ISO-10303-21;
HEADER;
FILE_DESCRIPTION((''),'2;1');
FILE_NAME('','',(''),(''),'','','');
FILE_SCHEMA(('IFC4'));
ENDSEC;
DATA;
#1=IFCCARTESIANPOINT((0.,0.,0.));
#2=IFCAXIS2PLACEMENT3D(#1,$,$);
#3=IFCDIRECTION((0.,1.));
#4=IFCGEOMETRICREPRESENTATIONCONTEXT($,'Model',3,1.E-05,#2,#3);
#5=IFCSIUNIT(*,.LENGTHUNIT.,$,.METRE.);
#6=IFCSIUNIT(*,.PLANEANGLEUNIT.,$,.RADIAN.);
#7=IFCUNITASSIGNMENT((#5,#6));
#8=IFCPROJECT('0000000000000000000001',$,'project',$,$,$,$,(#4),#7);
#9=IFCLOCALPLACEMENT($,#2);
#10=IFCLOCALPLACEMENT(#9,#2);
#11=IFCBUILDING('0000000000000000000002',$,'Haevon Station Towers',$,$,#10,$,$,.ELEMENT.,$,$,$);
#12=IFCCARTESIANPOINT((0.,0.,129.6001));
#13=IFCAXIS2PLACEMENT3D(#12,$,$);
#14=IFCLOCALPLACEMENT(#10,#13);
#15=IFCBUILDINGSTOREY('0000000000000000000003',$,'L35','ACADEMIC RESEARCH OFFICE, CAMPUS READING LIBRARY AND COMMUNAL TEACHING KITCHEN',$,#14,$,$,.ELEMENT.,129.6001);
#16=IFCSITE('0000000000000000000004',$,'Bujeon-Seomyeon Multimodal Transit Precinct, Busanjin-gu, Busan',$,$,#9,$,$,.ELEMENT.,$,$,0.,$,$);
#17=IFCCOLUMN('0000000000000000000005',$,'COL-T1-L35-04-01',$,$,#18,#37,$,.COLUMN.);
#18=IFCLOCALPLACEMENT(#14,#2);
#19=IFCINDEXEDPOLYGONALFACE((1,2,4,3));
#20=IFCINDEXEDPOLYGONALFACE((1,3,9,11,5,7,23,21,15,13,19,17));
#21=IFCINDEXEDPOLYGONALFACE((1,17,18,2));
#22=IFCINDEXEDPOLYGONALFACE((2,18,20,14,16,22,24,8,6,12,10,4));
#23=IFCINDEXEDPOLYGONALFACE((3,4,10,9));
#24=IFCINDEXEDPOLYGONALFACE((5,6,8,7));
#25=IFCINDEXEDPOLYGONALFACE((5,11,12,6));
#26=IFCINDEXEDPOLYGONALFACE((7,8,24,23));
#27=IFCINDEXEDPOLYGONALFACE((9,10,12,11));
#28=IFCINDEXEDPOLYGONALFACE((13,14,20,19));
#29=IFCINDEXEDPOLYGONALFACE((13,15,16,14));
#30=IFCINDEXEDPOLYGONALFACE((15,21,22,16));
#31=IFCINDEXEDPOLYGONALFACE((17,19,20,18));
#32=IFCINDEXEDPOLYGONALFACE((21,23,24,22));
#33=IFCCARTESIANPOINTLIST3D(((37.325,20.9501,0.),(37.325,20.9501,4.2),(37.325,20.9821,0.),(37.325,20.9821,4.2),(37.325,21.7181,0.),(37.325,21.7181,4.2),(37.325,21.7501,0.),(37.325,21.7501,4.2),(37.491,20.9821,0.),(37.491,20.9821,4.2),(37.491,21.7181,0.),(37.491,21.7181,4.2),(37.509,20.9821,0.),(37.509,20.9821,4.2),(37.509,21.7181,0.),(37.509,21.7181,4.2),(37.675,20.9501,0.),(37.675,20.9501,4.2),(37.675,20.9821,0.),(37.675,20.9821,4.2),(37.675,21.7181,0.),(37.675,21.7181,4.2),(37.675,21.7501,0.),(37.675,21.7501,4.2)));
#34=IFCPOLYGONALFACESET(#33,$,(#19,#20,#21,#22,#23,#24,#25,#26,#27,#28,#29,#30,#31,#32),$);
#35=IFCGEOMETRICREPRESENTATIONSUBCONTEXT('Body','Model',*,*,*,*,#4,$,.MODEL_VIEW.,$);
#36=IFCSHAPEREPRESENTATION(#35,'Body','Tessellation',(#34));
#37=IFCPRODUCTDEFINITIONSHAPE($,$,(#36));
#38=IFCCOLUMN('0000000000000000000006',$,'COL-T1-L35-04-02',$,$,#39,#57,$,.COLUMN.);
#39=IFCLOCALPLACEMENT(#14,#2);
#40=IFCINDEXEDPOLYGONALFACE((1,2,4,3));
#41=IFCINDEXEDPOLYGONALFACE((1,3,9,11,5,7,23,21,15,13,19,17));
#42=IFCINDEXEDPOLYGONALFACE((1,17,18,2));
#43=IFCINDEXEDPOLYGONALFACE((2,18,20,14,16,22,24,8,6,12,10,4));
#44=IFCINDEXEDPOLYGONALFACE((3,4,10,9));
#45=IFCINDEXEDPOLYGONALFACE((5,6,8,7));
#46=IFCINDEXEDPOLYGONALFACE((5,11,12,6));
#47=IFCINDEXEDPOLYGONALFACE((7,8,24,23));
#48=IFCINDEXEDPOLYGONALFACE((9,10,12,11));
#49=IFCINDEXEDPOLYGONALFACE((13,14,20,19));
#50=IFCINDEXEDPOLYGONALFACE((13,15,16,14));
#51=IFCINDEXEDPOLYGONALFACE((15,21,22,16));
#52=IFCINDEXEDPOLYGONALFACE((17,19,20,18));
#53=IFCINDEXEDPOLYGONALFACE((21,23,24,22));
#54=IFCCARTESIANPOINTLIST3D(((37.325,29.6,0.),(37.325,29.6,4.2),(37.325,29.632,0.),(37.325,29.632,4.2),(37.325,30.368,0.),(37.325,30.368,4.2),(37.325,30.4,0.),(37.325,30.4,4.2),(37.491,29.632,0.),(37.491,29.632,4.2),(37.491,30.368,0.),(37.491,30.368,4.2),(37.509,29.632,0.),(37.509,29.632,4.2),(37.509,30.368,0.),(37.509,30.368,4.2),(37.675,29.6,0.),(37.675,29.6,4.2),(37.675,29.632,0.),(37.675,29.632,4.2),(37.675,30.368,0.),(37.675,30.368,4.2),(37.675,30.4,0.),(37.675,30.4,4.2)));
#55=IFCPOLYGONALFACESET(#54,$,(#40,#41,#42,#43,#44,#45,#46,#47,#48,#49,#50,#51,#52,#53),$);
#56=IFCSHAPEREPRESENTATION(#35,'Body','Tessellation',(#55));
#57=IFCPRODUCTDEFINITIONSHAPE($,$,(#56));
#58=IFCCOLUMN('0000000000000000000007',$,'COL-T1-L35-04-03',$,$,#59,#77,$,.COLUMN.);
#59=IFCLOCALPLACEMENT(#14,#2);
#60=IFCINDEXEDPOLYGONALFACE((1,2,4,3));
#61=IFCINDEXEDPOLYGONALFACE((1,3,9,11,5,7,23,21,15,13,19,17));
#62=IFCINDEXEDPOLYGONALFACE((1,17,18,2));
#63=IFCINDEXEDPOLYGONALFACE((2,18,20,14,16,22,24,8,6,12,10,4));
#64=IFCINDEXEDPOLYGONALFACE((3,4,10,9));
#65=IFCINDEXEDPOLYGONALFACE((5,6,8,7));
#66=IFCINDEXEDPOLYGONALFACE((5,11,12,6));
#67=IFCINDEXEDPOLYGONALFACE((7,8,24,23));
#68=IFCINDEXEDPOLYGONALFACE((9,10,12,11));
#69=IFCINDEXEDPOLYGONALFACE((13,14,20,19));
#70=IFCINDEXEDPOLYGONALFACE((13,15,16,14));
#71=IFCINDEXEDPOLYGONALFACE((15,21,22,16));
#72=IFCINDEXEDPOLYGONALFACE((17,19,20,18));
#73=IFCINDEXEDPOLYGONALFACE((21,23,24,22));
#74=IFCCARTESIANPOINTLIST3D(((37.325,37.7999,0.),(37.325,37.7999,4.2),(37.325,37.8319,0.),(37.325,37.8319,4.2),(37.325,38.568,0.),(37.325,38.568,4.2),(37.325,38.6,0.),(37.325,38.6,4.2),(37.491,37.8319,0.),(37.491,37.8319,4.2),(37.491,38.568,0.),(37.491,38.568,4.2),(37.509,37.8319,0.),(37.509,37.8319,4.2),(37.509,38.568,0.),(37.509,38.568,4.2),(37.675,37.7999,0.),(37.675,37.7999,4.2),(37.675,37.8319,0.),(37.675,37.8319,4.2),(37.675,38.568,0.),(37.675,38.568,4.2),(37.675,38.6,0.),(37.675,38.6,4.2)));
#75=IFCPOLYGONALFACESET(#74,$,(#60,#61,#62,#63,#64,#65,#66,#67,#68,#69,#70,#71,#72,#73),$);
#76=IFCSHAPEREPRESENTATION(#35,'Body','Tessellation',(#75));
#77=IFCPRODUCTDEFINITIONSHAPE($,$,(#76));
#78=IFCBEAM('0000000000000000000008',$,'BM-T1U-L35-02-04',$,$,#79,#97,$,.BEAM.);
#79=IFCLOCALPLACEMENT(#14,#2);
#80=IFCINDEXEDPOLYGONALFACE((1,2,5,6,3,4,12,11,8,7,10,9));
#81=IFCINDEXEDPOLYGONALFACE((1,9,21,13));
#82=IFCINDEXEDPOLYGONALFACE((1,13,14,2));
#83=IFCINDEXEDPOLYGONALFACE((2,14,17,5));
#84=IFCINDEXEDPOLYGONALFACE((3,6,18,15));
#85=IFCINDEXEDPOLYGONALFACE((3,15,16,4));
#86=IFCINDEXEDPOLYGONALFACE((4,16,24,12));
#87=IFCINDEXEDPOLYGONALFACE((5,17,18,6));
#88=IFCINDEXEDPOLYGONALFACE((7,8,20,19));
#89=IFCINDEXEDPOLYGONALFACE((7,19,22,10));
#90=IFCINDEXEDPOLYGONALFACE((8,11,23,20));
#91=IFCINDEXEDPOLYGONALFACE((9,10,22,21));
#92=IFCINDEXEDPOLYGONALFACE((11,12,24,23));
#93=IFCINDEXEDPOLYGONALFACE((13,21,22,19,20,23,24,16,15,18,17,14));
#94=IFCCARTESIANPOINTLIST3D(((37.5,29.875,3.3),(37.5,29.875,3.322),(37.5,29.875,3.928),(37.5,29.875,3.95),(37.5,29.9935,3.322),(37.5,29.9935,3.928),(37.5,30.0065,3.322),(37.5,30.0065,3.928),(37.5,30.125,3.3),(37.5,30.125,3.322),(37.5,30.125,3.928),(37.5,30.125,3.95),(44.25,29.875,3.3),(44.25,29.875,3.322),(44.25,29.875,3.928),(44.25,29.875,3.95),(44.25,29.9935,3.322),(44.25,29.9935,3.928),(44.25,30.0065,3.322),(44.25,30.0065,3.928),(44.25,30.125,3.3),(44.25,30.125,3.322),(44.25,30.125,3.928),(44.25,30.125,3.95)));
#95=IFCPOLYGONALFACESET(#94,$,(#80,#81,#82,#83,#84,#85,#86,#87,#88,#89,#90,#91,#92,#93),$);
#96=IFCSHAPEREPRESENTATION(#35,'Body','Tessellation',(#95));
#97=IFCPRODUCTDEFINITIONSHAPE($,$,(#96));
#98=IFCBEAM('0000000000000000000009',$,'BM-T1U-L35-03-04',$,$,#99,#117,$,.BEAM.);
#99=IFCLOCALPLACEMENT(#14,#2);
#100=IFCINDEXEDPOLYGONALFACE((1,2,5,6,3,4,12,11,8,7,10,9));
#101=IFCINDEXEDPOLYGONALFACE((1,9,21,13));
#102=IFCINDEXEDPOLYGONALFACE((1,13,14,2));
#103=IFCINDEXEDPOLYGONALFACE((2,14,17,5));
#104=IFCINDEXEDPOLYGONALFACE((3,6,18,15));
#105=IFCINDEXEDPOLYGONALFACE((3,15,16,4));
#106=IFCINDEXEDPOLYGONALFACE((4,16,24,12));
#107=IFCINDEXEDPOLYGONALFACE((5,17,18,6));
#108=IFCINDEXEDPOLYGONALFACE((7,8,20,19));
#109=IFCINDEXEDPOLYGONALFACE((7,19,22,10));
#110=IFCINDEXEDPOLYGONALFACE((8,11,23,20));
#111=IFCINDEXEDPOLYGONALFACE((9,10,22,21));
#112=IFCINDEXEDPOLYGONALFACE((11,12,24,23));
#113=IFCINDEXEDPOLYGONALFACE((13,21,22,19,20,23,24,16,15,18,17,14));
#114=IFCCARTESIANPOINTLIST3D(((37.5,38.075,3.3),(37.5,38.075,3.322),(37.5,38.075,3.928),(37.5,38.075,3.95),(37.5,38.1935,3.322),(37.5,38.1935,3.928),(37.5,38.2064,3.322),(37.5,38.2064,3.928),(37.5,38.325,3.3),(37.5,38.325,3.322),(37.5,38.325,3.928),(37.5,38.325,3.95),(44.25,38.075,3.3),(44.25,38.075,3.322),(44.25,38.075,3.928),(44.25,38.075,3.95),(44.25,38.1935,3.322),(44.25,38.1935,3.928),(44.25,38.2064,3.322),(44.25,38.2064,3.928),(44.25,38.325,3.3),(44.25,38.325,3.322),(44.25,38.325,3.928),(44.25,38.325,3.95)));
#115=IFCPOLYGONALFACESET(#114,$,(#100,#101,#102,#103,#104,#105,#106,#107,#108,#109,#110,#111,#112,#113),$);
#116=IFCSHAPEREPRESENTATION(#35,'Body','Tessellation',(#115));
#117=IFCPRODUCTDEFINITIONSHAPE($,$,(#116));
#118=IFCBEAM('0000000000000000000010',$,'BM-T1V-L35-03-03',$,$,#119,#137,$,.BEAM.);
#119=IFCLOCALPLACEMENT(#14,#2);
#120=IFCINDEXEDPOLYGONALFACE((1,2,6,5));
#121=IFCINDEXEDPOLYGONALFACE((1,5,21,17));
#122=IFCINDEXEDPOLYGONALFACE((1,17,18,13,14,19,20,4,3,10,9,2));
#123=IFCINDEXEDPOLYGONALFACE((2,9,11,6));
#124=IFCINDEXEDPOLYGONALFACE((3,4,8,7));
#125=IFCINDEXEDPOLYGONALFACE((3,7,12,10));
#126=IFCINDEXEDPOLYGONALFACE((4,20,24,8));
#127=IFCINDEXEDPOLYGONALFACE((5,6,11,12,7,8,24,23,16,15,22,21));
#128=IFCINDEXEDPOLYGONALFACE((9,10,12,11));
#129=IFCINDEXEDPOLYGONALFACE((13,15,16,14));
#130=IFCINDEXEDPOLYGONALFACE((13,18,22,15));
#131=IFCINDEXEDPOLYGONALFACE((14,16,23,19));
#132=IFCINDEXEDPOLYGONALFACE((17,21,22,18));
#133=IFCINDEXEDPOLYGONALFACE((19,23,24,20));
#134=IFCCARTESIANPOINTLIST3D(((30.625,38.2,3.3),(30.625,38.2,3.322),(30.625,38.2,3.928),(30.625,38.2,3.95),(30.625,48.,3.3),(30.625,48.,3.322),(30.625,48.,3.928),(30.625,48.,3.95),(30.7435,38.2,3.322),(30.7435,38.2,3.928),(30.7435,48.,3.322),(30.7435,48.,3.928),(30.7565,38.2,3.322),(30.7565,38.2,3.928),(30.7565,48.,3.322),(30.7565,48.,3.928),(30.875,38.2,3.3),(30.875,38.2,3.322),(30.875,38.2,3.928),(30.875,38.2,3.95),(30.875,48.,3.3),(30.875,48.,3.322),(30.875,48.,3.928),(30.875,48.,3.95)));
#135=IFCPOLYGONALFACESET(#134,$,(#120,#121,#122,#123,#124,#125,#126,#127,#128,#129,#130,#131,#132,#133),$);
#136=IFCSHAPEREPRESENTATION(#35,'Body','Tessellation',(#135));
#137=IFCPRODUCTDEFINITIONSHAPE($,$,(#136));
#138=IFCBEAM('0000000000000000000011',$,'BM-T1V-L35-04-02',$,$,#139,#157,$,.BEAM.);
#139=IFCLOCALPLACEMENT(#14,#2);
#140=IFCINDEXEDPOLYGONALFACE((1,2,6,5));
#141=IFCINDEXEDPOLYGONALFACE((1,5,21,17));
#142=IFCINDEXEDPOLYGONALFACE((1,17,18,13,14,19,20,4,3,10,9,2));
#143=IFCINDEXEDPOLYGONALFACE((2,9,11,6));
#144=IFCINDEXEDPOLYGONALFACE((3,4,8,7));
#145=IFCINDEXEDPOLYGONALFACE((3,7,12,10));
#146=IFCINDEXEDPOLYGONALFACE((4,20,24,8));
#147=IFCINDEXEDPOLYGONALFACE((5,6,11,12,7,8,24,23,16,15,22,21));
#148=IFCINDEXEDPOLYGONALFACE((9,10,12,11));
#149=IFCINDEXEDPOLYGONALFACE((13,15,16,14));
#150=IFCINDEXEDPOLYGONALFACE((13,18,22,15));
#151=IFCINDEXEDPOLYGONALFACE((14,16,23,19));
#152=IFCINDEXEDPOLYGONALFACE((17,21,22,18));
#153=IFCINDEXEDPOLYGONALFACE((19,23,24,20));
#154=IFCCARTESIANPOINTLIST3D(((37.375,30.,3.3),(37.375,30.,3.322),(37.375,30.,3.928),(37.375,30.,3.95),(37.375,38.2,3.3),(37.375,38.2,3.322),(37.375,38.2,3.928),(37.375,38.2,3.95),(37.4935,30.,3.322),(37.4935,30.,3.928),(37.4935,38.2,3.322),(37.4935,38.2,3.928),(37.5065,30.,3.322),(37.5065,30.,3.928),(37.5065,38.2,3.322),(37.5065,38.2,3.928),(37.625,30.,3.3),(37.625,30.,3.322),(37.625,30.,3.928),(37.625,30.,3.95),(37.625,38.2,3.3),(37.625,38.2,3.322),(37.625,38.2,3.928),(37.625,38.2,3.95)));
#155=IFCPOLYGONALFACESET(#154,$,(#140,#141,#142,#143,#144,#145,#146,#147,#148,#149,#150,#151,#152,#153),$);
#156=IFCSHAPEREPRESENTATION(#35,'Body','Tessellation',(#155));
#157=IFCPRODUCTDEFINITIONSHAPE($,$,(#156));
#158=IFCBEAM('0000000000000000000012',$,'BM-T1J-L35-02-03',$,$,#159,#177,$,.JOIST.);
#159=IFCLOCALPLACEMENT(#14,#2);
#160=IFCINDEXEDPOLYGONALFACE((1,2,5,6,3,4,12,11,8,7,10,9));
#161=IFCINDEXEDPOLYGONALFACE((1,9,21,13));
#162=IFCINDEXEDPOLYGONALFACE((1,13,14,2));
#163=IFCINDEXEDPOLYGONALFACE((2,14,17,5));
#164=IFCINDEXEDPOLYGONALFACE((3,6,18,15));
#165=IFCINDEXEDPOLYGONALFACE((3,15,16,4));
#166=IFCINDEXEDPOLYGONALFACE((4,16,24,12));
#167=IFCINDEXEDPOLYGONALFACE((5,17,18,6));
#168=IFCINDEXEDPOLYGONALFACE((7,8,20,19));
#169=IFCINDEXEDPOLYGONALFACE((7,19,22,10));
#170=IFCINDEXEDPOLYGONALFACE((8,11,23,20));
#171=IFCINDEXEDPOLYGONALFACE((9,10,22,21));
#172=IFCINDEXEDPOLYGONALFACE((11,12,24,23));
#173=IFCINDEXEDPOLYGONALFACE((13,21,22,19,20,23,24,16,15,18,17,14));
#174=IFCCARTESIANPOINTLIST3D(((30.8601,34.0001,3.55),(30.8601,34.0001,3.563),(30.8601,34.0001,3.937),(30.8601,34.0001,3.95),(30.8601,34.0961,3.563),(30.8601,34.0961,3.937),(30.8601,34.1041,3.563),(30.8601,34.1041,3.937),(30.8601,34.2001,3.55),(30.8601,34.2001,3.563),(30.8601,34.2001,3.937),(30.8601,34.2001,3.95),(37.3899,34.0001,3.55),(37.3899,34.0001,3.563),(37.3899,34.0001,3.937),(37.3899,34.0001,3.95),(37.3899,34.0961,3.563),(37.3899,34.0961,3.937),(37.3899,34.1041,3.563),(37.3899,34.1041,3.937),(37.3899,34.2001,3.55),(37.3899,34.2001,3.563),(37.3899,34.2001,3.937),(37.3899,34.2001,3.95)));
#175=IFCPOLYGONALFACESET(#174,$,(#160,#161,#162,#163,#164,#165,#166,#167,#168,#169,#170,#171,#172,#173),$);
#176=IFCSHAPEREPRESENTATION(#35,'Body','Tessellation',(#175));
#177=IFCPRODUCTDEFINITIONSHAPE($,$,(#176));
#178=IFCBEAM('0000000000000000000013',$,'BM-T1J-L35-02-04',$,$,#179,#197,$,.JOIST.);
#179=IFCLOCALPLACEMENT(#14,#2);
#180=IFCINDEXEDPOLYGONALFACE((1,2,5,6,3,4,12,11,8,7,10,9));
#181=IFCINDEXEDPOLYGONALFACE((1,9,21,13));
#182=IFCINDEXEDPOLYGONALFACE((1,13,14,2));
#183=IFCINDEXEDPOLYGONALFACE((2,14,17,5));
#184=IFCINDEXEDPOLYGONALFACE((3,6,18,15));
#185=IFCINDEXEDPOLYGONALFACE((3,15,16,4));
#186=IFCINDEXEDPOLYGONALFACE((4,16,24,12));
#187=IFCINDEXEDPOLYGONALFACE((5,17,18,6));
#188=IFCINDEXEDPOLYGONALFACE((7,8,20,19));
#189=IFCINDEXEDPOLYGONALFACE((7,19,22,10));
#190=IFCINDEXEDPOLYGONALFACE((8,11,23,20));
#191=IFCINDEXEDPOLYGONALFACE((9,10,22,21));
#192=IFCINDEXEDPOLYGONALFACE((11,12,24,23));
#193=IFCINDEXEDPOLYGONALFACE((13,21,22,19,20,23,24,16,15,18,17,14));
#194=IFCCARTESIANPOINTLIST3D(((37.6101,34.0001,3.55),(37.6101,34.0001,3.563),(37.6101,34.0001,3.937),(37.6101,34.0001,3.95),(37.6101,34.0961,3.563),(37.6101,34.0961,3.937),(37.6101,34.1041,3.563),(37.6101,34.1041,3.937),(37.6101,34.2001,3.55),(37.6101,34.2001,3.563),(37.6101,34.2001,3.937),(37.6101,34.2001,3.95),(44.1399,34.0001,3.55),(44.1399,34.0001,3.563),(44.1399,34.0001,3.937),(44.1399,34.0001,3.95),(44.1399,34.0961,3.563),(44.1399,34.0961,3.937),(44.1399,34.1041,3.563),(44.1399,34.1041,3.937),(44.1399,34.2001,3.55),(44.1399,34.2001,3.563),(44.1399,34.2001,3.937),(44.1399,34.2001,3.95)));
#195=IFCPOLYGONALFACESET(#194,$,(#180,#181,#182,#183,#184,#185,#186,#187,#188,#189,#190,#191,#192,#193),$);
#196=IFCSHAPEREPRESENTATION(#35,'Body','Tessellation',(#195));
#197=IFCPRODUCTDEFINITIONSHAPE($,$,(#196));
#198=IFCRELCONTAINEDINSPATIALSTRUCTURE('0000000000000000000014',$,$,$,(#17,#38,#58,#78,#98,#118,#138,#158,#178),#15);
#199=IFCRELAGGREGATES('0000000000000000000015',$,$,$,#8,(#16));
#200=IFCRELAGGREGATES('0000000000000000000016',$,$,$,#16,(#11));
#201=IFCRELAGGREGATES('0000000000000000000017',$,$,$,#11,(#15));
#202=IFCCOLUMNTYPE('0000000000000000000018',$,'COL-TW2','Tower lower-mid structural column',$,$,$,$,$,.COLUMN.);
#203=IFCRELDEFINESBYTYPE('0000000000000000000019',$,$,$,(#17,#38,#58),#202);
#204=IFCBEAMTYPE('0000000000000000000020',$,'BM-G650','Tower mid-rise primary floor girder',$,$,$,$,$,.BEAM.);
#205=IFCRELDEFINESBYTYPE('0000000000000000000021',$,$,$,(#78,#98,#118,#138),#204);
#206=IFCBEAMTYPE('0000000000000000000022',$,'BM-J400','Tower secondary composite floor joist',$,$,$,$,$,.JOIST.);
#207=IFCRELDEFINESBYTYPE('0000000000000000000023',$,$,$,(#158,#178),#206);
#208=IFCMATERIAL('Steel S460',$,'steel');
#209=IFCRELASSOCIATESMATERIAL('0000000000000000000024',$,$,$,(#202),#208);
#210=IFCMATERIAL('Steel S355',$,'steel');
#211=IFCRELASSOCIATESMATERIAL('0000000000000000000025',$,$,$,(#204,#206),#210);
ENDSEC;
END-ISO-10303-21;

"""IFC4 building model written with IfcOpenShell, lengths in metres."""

from ifc_helpers import new_model, si_unit, direction, frame, origin, origin_2d, place, context, subcontext, project, spatial, i_section, extrude, material, material_profile, profile_set, type_object, element, save


model = new_model("IFC4")

# Units and contexts
model_context = context("Model", 3, precision=1e-05, world=origin(), true_north=direction((0.0, 1.0)))
body_context = subcontext(model_context, "Body", "Model", "MODEL_VIEW")
ifc_project = project(units=[si_unit("LENGTHUNIT", "METRE"), si_unit("PLANEANGLEUNIT", "RADIAN")], contexts=[model_context])

# Site, building, storey
site_placement = place(None, origin())
site = spatial("IfcSite", under=ifc_project, at=site_placement, Name="Bujeon-Seomyeon Multimodal Transit Precinct, Busanjin-gu, Busan", CompositionType="ELEMENT", RefElevation=0.0)
building_placement = place(site_placement, origin())
building = spatial("IfcBuilding", under=site, at=building_placement, Name="Haevon Station Towers", CompositionType="ELEMENT")
storey_placement = place(building_placement, frame((0.0, 0.0, 129.6001)))
storey = spatial("IfcBuildingStorey", under=building, at=storey_placement, Name="L35", Description="ACADEMIC RESEARCH OFFICE, CAMPUS READING LIBRARY AND COMMUNAL TEACHING KITCHEN", CompositionType="ELEMENT", Elevation=129.6001)

# Columns
ifc_material_1 = material(Name="Steel S460", Category="steel")
ifc_material_profile_1 = material_profile(ifc_material_1, i_section(OverallWidth=0.3501, OverallDepth=0.8, WebThickness=0.0181, FlangeThickness=0.032, at=origin_2d()), Name="H-800x350x18x32")
ifc_profile_set_1 = profile_set([ifc_material_profile_1], Name="Steel S460")
column_type = type_object("IfcColumnType", Name="COL-TW2", Description="Tower lower-mid structural column", PredefinedType="COLUMN", material=ifc_profile_set_1)
for number, where, z_axis, x_axis, name in (
    (1, (37.5, 21.3501, 0.0), (0.0, 0.0, 1.0), (1.0, 0.0, 0.0), "COL-T1-L35-04-01"),
    (2, (37.5, 30.0, 0.0), (0.0, 0.0, 1.0), (1.0, 0.0, 0.0), "COL-T1-L35-04-02"),
    (3, (37.5, 38.2, 0.0), (0.0, 0.0, 1.0), (1.0, 0.0, 0.0), "COL-T1-L35-04-03"),
):
    element("IfcColumn", number, at=place(storey_placement, frame(where, z_axis=z_axis, x_axis=x_axis)), inside=storey, type_object=column_type, Name=name, PredefinedType="COLUMN", context=body_context, shape_type="SweptSolid", body=[
        extrude(i_section(OverallWidth=0.3501, OverallDepth=0.8, WebThickness=0.0181, FlangeThickness=0.032, at=origin_2d()), origin(), (0.0, 0.0, 1.0), 4.2),
    ])

# Beams
ifc_material_2 = material(Name="Steel S355", Category="steel")
ifc_material_profile_2 = material_profile(ifc_material_2, i_section(OverallWidth=0.25, OverallDepth=0.6499, WebThickness=0.0129, FlangeThickness=0.022, at=origin_2d()), Name="H-650x250x13x22")
ifc_profile_set_2 = profile_set([ifc_material_profile_2], Name="Steel S355")
beam_type_1 = type_object("IfcBeamType", Name="BM-G650", Description="Tower mid-rise primary floor girder", PredefinedType="BEAM", material=ifc_profile_set_2)
for number, where, z_axis, x_axis, name in (
    (4, (37.5, 30.0, 3.625), (1.0, 0.0, 0.0), (0.0, 1.0, 0.0), "BM-T1U-L35-02-04"),
    (5, (37.5, 38.2, 3.625), (1.0, 0.0, 0.0), (0.0, 1.0, 0.0), "BM-T1U-L35-03-04"),
):
    element("IfcBeam", number, at=place(storey_placement, frame(where, z_axis=z_axis, x_axis=x_axis)), inside=storey, type_object=beam_type_1, Name=name, PredefinedType="BEAM", context=body_context, shape_type="SweptSolid", body=[
        extrude(i_section(OverallWidth=0.25, OverallDepth=0.6499, WebThickness=0.0129, FlangeThickness=0.022, at=origin_2d()), origin(), (0.0, 0.0, 1.0), 6.75),
    ])
beam_1_placement = place(storey_placement, frame((30.75, 38.2, 3.625), z_axis=(0.0, 1.0, 0.0), x_axis=(-1.0, 0.0, 0.0)))
element("IfcBeam", 6, at=beam_1_placement, inside=storey, type_object=beam_type_1, Name="BM-T1V-L35-03-03", PredefinedType="BEAM", context=body_context, shape_type="SweptSolid", body=[
    extrude(i_section(OverallWidth=0.25, OverallDepth=0.6499, WebThickness=0.0129, FlangeThickness=0.022, at=origin_2d()), origin(), (0.0, 0.0, 1.0), 9.8),
])
beam_2_placement = place(storey_placement, frame((37.5, 30.0, 3.625), z_axis=(0.0, 1.0, 0.0), x_axis=(-1.0, 0.0, 0.0)))
element("IfcBeam", 7, at=beam_2_placement, inside=storey, type_object=beam_type_1, Name="BM-T1V-L35-04-02", PredefinedType="BEAM", context=body_context, shape_type="SweptSolid", body=[
    extrude(i_section(OverallWidth=0.25, OverallDepth=0.6499, WebThickness=0.0129, FlangeThickness=0.022, at=origin_2d()), origin(), (0.0, 0.0, 1.0), 8.2),
])
ifc_material_profile_3 = material_profile(ifc_material_2, i_section(OverallWidth=0.2, OverallDepth=0.3999, WebThickness=0.0081, FlangeThickness=0.0129, at=origin_2d()), Name="H-400x200x8x13")
ifc_profile_set_3 = profile_set([ifc_material_profile_3], Name="Steel S355")
beam_type_2 = type_object("IfcBeamType", Name="BM-J400", Description="Tower secondary composite floor joist", PredefinedType="JOIST", material=ifc_profile_set_3)
for number, where, z_axis, x_axis, name in (
    (8, (30.8601, 34.1001, 3.75), (1.0, 0.0, 0.0), (0.0, 1.0, 0.0), "BM-T1J-L35-02-03"),
    (9, (37.6101, 34.1001, 3.75), (1.0, 0.0, 0.0), (0.0, 1.0, 0.0), "BM-T1J-L35-02-04"),
):
    element("IfcBeam", number, at=place(storey_placement, frame(where, z_axis=z_axis, x_axis=x_axis)), inside=storey, type_object=beam_type_2, Name=name, PredefinedType="JOIST", context=body_context, shape_type="SweptSolid", body=[
        extrude(i_section(OverallWidth=0.2, OverallDepth=0.3999, WebThickness=0.0081, FlangeThickness=0.0129, at=origin_2d()), origin(), (0.0, 0.0, 1.0), 6.5298),
    ])

save(model, "model.ifc")
